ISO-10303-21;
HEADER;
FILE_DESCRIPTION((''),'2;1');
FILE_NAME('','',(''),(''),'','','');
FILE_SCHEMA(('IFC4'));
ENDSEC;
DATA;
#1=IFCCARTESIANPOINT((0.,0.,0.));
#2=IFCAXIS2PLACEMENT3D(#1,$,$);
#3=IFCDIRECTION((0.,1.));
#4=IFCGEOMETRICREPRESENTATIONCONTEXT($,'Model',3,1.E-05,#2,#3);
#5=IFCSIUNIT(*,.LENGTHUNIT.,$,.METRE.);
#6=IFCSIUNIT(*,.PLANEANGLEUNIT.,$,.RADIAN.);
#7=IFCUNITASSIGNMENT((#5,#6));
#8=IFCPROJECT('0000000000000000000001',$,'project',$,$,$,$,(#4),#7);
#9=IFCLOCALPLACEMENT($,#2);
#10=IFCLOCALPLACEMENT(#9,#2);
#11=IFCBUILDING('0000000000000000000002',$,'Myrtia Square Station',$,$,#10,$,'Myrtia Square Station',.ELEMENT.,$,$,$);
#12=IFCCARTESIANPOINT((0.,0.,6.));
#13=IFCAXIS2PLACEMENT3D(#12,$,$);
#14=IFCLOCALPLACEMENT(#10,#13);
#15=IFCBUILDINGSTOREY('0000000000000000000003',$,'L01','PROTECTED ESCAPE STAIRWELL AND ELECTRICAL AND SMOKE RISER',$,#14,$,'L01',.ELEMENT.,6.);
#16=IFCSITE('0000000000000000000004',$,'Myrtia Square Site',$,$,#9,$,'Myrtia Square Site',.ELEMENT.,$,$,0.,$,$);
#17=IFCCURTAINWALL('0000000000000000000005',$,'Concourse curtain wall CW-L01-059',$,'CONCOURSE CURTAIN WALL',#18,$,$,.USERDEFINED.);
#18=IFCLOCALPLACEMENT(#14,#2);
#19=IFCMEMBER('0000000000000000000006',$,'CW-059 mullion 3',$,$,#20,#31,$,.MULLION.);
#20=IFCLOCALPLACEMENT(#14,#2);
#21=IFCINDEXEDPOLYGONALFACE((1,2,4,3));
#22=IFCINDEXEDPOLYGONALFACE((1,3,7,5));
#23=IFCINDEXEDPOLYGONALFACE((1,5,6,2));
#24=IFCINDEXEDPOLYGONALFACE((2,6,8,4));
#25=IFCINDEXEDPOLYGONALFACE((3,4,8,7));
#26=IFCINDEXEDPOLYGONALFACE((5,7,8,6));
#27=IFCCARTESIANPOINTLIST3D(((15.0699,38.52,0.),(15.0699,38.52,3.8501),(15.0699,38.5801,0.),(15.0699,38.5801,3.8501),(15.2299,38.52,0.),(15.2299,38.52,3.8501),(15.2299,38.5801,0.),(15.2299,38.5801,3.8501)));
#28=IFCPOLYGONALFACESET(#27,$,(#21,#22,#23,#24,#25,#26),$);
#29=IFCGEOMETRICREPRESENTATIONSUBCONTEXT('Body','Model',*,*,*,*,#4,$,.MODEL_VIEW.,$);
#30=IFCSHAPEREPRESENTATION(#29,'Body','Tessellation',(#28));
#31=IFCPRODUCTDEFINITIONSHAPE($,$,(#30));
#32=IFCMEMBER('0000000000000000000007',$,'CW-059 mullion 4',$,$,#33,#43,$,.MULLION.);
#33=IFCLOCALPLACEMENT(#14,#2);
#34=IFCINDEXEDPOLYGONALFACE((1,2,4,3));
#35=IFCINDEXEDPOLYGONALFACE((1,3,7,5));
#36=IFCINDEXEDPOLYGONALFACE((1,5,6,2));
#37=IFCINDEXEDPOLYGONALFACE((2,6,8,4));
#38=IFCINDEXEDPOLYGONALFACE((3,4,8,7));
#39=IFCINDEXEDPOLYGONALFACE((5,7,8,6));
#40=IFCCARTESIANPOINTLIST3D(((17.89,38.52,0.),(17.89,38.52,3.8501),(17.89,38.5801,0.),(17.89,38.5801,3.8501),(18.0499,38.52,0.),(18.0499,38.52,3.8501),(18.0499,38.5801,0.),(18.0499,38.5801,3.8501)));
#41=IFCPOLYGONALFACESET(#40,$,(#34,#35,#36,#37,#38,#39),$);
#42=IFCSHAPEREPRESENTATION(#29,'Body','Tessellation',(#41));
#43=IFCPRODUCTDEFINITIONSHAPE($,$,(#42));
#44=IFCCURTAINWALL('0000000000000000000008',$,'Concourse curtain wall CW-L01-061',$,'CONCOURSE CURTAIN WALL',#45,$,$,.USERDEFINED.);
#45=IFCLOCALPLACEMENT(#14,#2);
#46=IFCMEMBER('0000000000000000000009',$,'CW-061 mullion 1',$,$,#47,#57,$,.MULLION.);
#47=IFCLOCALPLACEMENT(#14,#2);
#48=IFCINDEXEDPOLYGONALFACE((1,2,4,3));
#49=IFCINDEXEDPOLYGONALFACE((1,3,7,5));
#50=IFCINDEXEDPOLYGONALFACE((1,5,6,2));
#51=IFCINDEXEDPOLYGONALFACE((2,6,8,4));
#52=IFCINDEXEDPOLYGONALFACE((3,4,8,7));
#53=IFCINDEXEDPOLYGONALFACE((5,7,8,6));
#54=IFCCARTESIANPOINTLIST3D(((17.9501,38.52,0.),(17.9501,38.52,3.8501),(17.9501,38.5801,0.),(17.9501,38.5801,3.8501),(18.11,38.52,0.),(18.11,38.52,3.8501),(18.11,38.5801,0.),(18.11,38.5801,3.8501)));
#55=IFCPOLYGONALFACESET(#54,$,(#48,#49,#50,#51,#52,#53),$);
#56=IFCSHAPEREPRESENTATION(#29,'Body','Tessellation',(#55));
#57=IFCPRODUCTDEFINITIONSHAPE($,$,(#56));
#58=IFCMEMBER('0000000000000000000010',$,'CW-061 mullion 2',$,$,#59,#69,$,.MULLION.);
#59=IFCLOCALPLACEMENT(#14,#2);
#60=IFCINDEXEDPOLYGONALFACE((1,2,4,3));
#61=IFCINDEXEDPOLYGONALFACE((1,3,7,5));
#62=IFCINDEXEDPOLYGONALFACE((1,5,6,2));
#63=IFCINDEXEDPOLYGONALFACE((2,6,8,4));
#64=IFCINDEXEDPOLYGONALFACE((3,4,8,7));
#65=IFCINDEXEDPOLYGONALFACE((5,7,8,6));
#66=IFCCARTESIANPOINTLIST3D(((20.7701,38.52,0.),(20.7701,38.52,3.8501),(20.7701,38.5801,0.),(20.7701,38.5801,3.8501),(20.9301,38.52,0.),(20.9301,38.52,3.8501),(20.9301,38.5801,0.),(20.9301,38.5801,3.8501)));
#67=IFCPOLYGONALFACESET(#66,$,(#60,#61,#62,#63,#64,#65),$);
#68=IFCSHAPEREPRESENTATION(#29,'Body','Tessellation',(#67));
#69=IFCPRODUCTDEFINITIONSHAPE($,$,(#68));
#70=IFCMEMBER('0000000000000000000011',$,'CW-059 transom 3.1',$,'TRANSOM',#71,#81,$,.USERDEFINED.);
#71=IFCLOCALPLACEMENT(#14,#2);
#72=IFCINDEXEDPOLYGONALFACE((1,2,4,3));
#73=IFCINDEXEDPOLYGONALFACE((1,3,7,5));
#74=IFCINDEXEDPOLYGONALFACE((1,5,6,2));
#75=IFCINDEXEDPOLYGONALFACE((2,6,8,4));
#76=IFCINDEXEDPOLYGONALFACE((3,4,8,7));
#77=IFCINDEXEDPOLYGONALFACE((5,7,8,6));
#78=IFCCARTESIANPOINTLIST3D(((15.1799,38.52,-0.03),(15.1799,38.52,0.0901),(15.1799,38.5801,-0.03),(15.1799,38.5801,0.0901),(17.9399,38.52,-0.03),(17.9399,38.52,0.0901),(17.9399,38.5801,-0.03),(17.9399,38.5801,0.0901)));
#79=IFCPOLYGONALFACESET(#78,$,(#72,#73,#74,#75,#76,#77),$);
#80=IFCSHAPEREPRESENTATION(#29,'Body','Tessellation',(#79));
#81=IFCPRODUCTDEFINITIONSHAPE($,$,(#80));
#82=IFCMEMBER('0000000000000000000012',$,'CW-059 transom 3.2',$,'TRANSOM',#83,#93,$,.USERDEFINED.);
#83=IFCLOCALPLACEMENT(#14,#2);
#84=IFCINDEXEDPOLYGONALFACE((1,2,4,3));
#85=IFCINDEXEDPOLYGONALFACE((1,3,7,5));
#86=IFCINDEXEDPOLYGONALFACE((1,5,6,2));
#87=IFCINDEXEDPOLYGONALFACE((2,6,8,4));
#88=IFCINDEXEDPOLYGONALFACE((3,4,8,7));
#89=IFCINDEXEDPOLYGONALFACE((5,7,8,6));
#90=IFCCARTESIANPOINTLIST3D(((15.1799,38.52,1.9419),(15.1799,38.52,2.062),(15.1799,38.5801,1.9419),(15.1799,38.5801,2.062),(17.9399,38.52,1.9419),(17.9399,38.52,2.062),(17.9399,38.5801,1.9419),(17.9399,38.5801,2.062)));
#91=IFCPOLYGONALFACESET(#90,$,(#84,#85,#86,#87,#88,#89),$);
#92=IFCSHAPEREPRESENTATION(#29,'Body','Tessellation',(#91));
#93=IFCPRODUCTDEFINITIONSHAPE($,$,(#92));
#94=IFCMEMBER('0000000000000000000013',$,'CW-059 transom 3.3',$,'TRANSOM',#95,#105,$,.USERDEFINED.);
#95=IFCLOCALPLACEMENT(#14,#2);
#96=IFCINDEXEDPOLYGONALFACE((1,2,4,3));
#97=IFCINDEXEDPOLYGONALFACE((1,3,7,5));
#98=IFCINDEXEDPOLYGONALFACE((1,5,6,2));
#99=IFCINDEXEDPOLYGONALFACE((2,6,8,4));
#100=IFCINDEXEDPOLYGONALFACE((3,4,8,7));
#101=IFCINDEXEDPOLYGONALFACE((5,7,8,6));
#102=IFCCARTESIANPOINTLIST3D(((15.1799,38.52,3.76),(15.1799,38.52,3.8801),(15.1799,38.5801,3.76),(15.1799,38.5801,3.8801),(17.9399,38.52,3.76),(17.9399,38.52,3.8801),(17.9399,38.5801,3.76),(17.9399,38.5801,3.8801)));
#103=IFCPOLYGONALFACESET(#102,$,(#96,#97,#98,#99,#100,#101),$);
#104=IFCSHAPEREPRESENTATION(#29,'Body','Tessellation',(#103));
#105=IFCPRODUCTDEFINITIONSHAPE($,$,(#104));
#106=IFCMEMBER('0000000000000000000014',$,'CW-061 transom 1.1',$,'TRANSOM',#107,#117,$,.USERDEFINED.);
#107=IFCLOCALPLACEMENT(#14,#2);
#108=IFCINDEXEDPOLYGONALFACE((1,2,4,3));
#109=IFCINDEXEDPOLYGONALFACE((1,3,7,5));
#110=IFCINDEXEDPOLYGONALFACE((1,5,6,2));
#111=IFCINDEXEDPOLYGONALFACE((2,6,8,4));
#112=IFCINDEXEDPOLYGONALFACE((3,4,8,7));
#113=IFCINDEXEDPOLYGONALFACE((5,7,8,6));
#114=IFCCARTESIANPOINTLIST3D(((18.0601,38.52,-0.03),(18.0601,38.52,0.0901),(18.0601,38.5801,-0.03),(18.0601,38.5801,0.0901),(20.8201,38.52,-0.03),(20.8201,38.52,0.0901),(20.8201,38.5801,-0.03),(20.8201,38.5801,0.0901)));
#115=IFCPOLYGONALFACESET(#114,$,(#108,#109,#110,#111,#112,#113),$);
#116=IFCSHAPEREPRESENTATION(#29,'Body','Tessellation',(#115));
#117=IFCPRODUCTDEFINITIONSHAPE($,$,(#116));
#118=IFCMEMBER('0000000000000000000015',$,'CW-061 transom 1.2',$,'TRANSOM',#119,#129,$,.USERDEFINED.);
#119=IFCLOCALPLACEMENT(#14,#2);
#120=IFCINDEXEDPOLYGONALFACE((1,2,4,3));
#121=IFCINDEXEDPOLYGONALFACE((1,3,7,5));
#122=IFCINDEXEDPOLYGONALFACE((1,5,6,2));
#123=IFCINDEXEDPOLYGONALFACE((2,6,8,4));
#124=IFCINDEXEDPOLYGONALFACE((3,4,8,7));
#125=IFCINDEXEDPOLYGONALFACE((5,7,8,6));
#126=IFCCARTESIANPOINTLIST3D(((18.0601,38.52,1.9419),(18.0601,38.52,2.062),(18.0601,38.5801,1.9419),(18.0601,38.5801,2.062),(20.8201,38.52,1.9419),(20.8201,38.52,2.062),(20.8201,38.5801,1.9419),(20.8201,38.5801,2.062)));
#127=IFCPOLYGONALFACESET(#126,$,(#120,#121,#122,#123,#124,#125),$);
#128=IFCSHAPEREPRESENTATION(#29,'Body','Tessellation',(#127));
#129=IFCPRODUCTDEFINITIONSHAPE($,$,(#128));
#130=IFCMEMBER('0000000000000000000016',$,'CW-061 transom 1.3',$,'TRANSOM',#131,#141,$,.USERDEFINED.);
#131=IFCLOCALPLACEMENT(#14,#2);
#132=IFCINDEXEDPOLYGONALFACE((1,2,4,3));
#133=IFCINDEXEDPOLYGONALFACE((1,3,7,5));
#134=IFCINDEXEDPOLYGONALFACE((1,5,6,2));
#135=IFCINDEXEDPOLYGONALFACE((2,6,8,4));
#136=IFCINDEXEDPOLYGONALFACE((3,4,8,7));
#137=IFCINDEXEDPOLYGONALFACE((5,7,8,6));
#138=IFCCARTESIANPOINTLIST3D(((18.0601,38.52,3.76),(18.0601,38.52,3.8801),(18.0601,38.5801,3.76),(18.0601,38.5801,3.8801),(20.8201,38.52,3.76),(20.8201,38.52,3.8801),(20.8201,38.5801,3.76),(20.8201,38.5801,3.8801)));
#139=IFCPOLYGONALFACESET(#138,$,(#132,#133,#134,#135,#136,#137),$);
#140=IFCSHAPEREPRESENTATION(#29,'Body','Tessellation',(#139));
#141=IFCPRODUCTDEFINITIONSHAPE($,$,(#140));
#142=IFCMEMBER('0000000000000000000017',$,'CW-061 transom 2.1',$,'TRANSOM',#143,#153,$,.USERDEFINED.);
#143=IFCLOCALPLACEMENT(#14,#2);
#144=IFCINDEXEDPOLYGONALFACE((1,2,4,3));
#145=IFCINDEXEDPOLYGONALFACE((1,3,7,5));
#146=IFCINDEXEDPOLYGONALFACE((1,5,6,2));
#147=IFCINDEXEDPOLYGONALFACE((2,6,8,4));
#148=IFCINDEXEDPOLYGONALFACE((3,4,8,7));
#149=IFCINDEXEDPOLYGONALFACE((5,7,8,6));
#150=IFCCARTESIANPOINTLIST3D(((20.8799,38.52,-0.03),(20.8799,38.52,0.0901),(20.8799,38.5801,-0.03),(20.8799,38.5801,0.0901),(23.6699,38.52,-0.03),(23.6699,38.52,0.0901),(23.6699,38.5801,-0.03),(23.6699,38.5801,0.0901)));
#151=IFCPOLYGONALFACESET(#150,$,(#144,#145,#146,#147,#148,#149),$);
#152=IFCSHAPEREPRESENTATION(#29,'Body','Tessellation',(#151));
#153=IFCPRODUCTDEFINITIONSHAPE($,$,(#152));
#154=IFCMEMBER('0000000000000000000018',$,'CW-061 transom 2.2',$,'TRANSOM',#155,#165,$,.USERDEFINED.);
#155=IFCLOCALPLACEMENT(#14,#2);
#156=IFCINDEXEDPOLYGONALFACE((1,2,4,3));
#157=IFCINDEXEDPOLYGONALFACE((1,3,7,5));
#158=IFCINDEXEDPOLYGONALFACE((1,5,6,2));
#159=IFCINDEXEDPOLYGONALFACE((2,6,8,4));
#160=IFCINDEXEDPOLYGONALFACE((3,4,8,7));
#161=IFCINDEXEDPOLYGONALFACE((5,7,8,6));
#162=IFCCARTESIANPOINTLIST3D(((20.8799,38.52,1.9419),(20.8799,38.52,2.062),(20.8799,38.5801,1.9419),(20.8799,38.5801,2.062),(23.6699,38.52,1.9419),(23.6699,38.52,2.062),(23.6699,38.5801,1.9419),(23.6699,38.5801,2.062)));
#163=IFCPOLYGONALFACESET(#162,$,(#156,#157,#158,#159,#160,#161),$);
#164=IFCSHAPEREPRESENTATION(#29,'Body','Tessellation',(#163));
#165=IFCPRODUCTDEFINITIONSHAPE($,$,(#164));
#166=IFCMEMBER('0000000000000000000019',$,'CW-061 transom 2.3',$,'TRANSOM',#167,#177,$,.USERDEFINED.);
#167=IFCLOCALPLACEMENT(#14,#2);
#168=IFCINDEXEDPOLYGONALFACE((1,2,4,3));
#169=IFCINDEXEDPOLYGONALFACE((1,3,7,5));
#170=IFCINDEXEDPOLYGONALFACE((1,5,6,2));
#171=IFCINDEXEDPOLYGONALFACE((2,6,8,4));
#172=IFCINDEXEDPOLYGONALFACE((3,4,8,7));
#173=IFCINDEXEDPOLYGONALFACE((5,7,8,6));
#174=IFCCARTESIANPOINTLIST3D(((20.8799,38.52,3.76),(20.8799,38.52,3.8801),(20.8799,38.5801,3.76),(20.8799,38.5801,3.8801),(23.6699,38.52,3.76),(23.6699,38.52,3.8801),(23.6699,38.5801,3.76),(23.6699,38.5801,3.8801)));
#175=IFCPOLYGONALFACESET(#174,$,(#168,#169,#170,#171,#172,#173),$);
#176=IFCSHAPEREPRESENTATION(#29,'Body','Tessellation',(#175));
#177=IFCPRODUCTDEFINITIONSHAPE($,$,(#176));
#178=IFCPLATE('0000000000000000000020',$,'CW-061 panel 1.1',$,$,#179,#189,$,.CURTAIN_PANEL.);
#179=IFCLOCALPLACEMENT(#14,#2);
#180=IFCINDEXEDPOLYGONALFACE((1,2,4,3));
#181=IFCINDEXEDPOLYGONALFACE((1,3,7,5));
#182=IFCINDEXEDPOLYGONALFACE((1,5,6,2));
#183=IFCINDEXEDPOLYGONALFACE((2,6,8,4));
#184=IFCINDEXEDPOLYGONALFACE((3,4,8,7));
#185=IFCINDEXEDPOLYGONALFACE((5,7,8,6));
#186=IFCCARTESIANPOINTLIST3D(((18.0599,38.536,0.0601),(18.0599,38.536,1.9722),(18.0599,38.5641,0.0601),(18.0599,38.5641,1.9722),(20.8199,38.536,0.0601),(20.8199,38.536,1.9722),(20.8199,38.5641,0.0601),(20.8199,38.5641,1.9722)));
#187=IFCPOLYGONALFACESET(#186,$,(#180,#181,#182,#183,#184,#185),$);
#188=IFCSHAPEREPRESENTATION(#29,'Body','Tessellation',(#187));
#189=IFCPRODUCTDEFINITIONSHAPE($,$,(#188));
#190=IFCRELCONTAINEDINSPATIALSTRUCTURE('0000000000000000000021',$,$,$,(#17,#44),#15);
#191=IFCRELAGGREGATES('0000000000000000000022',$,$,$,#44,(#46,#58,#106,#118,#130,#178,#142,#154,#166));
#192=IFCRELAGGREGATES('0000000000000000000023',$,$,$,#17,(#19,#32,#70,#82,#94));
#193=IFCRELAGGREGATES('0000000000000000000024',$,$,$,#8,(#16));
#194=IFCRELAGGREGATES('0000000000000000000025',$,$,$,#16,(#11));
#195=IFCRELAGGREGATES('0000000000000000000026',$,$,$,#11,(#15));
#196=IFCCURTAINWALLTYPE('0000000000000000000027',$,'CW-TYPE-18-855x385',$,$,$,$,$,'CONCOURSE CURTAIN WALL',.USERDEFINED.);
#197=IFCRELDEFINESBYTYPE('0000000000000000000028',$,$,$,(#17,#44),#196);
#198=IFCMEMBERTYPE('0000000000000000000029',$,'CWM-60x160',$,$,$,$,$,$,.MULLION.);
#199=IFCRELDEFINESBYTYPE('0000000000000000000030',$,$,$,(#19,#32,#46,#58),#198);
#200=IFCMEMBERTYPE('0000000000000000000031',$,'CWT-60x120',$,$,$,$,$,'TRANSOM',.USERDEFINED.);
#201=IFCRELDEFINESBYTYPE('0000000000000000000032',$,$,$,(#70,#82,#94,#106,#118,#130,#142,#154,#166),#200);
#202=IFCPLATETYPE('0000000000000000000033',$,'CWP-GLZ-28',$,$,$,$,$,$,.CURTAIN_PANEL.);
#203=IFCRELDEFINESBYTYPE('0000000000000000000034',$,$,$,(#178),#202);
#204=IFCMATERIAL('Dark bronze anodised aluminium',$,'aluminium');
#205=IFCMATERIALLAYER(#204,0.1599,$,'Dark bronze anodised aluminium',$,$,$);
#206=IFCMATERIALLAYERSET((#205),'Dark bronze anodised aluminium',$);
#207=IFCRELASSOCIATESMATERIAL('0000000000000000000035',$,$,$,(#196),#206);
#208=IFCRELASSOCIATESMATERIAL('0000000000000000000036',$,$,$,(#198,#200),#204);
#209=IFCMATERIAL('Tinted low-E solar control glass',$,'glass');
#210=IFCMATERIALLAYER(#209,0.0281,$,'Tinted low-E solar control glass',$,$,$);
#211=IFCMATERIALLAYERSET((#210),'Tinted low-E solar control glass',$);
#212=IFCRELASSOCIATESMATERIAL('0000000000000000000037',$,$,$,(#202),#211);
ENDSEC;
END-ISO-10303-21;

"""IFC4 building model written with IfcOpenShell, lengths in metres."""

from ifc_helpers import new_model, si_unit, direction, frame, origin, origin_2d, place, context, subcontext, project, spatial, rectangle, extrude, material, layer, layer_set, material_profile, profile_set, type_object, element, aggregate, save


model = new_model("IFC4")

# Units and contexts
model_context = context("Model", 3, precision=1e-05, world=origin(), true_north=direction((0.0, 1.0)))
body_context = subcontext(model_context, "Body", "Model", "MODEL_VIEW")
ifc_project = project(units=[si_unit("LENGTHUNIT", "METRE"), si_unit("PLANEANGLEUNIT", "RADIAN")], contexts=[model_context])

# Site, building, storey
site_placement = place(None, origin())
site = spatial("IfcSite", under=ifc_project, at=site_placement, Name="Myrtia Square Site", LongName="Myrtia Square Site", CompositionType="ELEMENT", RefElevation=0.0)
building_placement = place(site_placement, origin())
building = spatial("IfcBuilding", under=site, at=building_placement, Name="Myrtia Square Station", LongName="Myrtia Square Station", CompositionType="ELEMENT")
storey_placement = place(building_placement, frame((0.0, 0.0, 6.0)))
storey = spatial("IfcBuildingStorey", under=building, at=storey_placement, Name="L01", Description="PROTECTED ESCAPE STAIRWELL AND ELECTRICAL AND SMOKE RISER", LongName="L01", CompositionType="ELEMENT", Elevation=6.0)

# Curtain walls, members
ifc_material_1 = material(Name="Dark bronze anodised aluminium", Category="aluminium")
ifc_layer_1 = layer(ifc_material_1, 0.1599, Name="Dark bronze anodised aluminium")
ifc_layer_set_1 = layer_set([ifc_layer_1], Name="Dark bronze anodised aluminium")
curtain_wall_type = type_object("IfcCurtainWallType", Name="CW-TYPE-18-855x385", ElementType="CONCOURSE CURTAIN WALL", PredefinedType="USERDEFINED", material=ifc_layer_set_1)
curtain_wall_1_placement = place(storey_placement, origin())
curtain_wall_1 = element("IfcCurtainWall", 1, at=curtain_wall_1_placement, inside=storey, type_object=curtain_wall_type, Name="Concourse curtain wall CW-L01-059", ObjectType="CONCOURSE CURTAIN WALL", PredefinedType="USERDEFINED")
ifc_material_profile_1 = material_profile(ifc_material_1, rectangle(XDim=0.0601, YDim=0.1599, at=origin_2d()), Name="ALU-M 60x160")
ifc_profile_set_1 = profile_set([ifc_material_profile_1], Name="Dark bronze anodised aluminium")
member_type_1 = type_object("IfcMemberType", Name="CWM-60x160", PredefinedType="MULLION", material=ifc_profile_set_1)
member_1_placement = place(storey_placement, frame((15.1499, 38.55, 0.0), z_axis=(0.0, 0.0, 1.0), x_axis=(0.0, 1.0, 0.0)))
member_1 = element("IfcMember", 2, at=member_1_placement, type_object=member_type_1, Name="CW-059 mullion 3", PredefinedType="MULLION", context=body_context, shape_type="SweptSolid", body=[
    extrude(rectangle(XDim=0.0601, YDim=0.1599, at=origin_2d()), origin(), (0.0, 0.0, 1.0), 3.8501),
])
member_2_placement = place(storey_placement, frame((17.97, 38.55, 0.0), z_axis=(0.0, 0.0, 1.0), x_axis=(0.0, 1.0, 0.0)))
member_2 = element("IfcMember", 3, at=member_2_placement, type_object=member_type_1, Name="CW-059 mullion 4", PredefinedType="MULLION", context=body_context, shape_type="SweptSolid", body=[
    extrude(rectangle(XDim=0.0601, YDim=0.1599, at=origin_2d()), origin(), (0.0, 0.0, 1.0), 3.8501),
])
curtain_wall_2_placement = place(storey_placement, origin())
curtain_wall_2 = element("IfcCurtainWall", 4, at=curtain_wall_2_placement, inside=storey, type_object=curtain_wall_type, Name="Concourse curtain wall CW-L01-061", ObjectType="CONCOURSE CURTAIN WALL", PredefinedType="USERDEFINED")
member_3_placement = place(storey_placement, frame((18.03, 38.55, 0.0), z_axis=(0.0, 0.0, 1.0), x_axis=(0.0, 1.0, 0.0)))
member_3 = element("IfcMember", 5, at=member_3_placement, type_object=member_type_1, Name="CW-061 mullion 1", PredefinedType="MULLION", context=body_context, shape_type="SweptSolid", body=[
    extrude(rectangle(XDim=0.0601, YDim=0.1599, at=origin_2d()), origin(), (0.0, 0.0, 1.0), 3.8501),
])
member_4_placement = place(storey_placement, frame((20.8501, 38.55, 0.0), z_axis=(0.0, 0.0, 1.0), x_axis=(0.0, 1.0, 0.0)))
member_4 = element("IfcMember", 6, at=member_4_placement, type_object=member_type_1, Name="CW-061 mullion 2", PredefinedType="MULLION", context=body_context, shape_type="SweptSolid", body=[
    extrude(rectangle(XDim=0.0601, YDim=0.1599, at=origin_2d()), origin(), (0.0, 0.0, 1.0), 3.8501),
])

# Members
ifc_material_profile_2 = material_profile(ifc_material_1, rectangle(XDim=0.0601, YDim=0.1201, at=origin_2d()), Name="ALU-T 60x120")
ifc_profile_set_2 = profile_set([ifc_material_profile_2], Name="Dark bronze anodised aluminium")
member_type_2 = type_object("IfcMemberType", Name="CWT-60x120", ElementType="TRANSOM", PredefinedType="USERDEFINED", material=ifc_profile_set_2)
member_5_placement = place(storey_placement, frame((15.1799, 38.55, 0.03), z_axis=(1.0, 0.0, 0.0), x_axis=(0.0, 1.0, 0.0)))
member_5 = element("IfcMember", 7, at=member_5_placement, type_object=member_type_2, Name="CW-059 transom 3.1", ObjectType="TRANSOM", PredefinedType="USERDEFINED", context=body_context, shape_type="SweptSolid", body=[
    extrude(rectangle(XDim=0.0601, YDim=0.1201, at=origin_2d()), origin(), (0.0, 0.0, 1.0), 2.76),
])
member_6_placement = place(storey_placement, frame((15.1799, 38.55, 2.002), z_axis=(1.0, 0.0, 0.0), x_axis=(0.0, 1.0, 0.0)))
member_6 = element("IfcMember", 8, at=member_6_placement, type_object=member_type_2, Name="CW-059 transom 3.2", ObjectType="TRANSOM", PredefinedType="USERDEFINED", context=body_context, shape_type="SweptSolid", body=[
    extrude(rectangle(XDim=0.0601, YDim=0.1201, at=origin_2d()), origin(), (0.0, 0.0, 1.0), 2.76),
])
member_7_placement = place(storey_placement, frame((15.1799, 38.55, 3.8201), z_axis=(1.0, 0.0, 0.0), x_axis=(0.0, 1.0, 0.0)))
member_7 = element("IfcMember", 9, at=member_7_placement, type_object=member_type_2, Name="CW-059 transom 3.3", ObjectType="TRANSOM", PredefinedType="USERDEFINED", context=body_context, shape_type="SweptSolid", body=[
    extrude(rectangle(XDim=0.0601, YDim=0.1201, at=origin_2d()), origin(), (0.0, 0.0, 1.0), 2.76),
])
member_8_placement = place(storey_placement, frame((18.0601, 38.55, 0.03), z_axis=(1.0, 0.0, 0.0), x_axis=(0.0, 1.0, 0.0)))
member_8 = element("IfcMember", 10, at=member_8_placement, type_object=member_type_2, Name="CW-061 transom 1.1", ObjectType="TRANSOM", PredefinedType="USERDEFINED", context=body_context, shape_type="SweptSolid", body=[
    extrude(rectangle(XDim=0.0601, YDim=0.1201, at=origin_2d()), origin(), (0.0, 0.0, 1.0), 2.76),
])
member_9_placement = place(storey_placement, frame((18.0601, 38.55, 2.002), z_axis=(1.0, 0.0, 0.0), x_axis=(0.0, 1.0, 0.0)))
member_9 = element("IfcMember", 11, at=member_9_placement, type_object=member_type_2, Name="CW-061 transom 1.2", ObjectType="TRANSOM", PredefinedType="USERDEFINED", context=body_context, shape_type="SweptSolid", body=[
    extrude(rectangle(XDim=0.0601, YDim=0.1201, at=origin_2d()), origin(), (0.0, 0.0, 1.0), 2.76),
])
member_10_placement = place(storey_placement, frame((18.0601, 38.55, 3.8201), z_axis=(1.0, 0.0, 0.0), x_axis=(0.0, 1.0, 0.0)))
member_10 = element("IfcMember", 12, at=member_10_placement, type_object=member_type_2, Name="CW-061 transom 1.3", ObjectType="TRANSOM", PredefinedType="USERDEFINED", context=body_context, shape_type="SweptSolid", body=[
    extrude(rectangle(XDim=0.0601, YDim=0.1201, at=origin_2d()), origin(), (0.0, 0.0, 1.0), 2.76),
])
member_11_placement = place(storey_placement, frame((20.8799, 38.55, 0.03), z_axis=(1.0, 0.0, 0.0), x_axis=(0.0, 1.0, 0.0)))
member_11 = element("IfcMember", 13, at=member_11_placement, type_object=member_type_2, Name="CW-061 transom 2.1", ObjectType="TRANSOM", PredefinedType="USERDEFINED", context=body_context, shape_type="SweptSolid", body=[
    extrude(rectangle(XDim=0.0601, YDim=0.1201, at=origin_2d()), origin(), (0.0, 0.0, 1.0), 2.79),
])
member_12_placement = place(storey_placement, frame((20.8799, 38.55, 2.002), z_axis=(1.0, 0.0, 0.0), x_axis=(0.0, 1.0, 0.0)))
member_12 = element("IfcMember", 14, at=member_12_placement, type_object=member_type_2, Name="CW-061 transom 2.2", ObjectType="TRANSOM", PredefinedType="USERDEFINED", context=body_context, shape_type="SweptSolid", body=[
    extrude(rectangle(XDim=0.0601, YDim=0.1201, at=origin_2d()), origin(), (0.0, 0.0, 1.0), 2.79),
])
member_13_placement = place(storey_placement, frame((20.8799, 38.55, 3.8201), z_axis=(1.0, 0.0, 0.0), x_axis=(0.0, 1.0, 0.0)))
member_13 = element("IfcMember", 15, at=member_13_placement, type_object=member_type_2, Name="CW-061 transom 2.3", ObjectType="TRANSOM", PredefinedType="USERDEFINED", context=body_context, shape_type="SweptSolid", body=[
    extrude(rectangle(XDim=0.0601, YDim=0.1201, at=origin_2d()), origin(), (0.0, 0.0, 1.0), 2.79),
])

# Plate
ifc_material_2 = material(Name="Tinted low-E solar control glass", Category="glass")
ifc_layer_2 = layer(ifc_material_2, 0.0281, Name="Tinted low-E solar control glass")
ifc_layer_set_2 = layer_set([ifc_layer_2], Name="Tinted low-E solar control glass")
plate_type_1 = type_object("IfcPlateType", Name="CWP-GLZ-28", PredefinedType="CURTAIN_PANEL", material=ifc_layer_set_2)
plate_1_placement = place(storey_placement, frame((19.4399, 38.55, 0.0601), z_axis=(0.0, 0.0, 1.0), x_axis=(1.0, 0.0, 0.0)))
plate_1 = element("IfcPlate", 16, at=plate_1_placement, type_object=plate_type_1, Name="CW-061 panel 1.1", PredefinedType="CURTAIN_PANEL", context=body_context, shape_type="SweptSolid", body=[
    extrude(rectangle(XDim=2.76, YDim=0.0281, at=origin_2d()), origin(), (0.0, 0.0, 1.0), 1.9121),
])
aggregate(curtain_wall_2, [member_3, member_4, member_8, member_9, member_10, plate_1, member_11, member_12, member_13])
aggregate(curtain_wall_1, [member_1, member_2, member_5, member_6, member_7])

save(model, "model.ifc")
